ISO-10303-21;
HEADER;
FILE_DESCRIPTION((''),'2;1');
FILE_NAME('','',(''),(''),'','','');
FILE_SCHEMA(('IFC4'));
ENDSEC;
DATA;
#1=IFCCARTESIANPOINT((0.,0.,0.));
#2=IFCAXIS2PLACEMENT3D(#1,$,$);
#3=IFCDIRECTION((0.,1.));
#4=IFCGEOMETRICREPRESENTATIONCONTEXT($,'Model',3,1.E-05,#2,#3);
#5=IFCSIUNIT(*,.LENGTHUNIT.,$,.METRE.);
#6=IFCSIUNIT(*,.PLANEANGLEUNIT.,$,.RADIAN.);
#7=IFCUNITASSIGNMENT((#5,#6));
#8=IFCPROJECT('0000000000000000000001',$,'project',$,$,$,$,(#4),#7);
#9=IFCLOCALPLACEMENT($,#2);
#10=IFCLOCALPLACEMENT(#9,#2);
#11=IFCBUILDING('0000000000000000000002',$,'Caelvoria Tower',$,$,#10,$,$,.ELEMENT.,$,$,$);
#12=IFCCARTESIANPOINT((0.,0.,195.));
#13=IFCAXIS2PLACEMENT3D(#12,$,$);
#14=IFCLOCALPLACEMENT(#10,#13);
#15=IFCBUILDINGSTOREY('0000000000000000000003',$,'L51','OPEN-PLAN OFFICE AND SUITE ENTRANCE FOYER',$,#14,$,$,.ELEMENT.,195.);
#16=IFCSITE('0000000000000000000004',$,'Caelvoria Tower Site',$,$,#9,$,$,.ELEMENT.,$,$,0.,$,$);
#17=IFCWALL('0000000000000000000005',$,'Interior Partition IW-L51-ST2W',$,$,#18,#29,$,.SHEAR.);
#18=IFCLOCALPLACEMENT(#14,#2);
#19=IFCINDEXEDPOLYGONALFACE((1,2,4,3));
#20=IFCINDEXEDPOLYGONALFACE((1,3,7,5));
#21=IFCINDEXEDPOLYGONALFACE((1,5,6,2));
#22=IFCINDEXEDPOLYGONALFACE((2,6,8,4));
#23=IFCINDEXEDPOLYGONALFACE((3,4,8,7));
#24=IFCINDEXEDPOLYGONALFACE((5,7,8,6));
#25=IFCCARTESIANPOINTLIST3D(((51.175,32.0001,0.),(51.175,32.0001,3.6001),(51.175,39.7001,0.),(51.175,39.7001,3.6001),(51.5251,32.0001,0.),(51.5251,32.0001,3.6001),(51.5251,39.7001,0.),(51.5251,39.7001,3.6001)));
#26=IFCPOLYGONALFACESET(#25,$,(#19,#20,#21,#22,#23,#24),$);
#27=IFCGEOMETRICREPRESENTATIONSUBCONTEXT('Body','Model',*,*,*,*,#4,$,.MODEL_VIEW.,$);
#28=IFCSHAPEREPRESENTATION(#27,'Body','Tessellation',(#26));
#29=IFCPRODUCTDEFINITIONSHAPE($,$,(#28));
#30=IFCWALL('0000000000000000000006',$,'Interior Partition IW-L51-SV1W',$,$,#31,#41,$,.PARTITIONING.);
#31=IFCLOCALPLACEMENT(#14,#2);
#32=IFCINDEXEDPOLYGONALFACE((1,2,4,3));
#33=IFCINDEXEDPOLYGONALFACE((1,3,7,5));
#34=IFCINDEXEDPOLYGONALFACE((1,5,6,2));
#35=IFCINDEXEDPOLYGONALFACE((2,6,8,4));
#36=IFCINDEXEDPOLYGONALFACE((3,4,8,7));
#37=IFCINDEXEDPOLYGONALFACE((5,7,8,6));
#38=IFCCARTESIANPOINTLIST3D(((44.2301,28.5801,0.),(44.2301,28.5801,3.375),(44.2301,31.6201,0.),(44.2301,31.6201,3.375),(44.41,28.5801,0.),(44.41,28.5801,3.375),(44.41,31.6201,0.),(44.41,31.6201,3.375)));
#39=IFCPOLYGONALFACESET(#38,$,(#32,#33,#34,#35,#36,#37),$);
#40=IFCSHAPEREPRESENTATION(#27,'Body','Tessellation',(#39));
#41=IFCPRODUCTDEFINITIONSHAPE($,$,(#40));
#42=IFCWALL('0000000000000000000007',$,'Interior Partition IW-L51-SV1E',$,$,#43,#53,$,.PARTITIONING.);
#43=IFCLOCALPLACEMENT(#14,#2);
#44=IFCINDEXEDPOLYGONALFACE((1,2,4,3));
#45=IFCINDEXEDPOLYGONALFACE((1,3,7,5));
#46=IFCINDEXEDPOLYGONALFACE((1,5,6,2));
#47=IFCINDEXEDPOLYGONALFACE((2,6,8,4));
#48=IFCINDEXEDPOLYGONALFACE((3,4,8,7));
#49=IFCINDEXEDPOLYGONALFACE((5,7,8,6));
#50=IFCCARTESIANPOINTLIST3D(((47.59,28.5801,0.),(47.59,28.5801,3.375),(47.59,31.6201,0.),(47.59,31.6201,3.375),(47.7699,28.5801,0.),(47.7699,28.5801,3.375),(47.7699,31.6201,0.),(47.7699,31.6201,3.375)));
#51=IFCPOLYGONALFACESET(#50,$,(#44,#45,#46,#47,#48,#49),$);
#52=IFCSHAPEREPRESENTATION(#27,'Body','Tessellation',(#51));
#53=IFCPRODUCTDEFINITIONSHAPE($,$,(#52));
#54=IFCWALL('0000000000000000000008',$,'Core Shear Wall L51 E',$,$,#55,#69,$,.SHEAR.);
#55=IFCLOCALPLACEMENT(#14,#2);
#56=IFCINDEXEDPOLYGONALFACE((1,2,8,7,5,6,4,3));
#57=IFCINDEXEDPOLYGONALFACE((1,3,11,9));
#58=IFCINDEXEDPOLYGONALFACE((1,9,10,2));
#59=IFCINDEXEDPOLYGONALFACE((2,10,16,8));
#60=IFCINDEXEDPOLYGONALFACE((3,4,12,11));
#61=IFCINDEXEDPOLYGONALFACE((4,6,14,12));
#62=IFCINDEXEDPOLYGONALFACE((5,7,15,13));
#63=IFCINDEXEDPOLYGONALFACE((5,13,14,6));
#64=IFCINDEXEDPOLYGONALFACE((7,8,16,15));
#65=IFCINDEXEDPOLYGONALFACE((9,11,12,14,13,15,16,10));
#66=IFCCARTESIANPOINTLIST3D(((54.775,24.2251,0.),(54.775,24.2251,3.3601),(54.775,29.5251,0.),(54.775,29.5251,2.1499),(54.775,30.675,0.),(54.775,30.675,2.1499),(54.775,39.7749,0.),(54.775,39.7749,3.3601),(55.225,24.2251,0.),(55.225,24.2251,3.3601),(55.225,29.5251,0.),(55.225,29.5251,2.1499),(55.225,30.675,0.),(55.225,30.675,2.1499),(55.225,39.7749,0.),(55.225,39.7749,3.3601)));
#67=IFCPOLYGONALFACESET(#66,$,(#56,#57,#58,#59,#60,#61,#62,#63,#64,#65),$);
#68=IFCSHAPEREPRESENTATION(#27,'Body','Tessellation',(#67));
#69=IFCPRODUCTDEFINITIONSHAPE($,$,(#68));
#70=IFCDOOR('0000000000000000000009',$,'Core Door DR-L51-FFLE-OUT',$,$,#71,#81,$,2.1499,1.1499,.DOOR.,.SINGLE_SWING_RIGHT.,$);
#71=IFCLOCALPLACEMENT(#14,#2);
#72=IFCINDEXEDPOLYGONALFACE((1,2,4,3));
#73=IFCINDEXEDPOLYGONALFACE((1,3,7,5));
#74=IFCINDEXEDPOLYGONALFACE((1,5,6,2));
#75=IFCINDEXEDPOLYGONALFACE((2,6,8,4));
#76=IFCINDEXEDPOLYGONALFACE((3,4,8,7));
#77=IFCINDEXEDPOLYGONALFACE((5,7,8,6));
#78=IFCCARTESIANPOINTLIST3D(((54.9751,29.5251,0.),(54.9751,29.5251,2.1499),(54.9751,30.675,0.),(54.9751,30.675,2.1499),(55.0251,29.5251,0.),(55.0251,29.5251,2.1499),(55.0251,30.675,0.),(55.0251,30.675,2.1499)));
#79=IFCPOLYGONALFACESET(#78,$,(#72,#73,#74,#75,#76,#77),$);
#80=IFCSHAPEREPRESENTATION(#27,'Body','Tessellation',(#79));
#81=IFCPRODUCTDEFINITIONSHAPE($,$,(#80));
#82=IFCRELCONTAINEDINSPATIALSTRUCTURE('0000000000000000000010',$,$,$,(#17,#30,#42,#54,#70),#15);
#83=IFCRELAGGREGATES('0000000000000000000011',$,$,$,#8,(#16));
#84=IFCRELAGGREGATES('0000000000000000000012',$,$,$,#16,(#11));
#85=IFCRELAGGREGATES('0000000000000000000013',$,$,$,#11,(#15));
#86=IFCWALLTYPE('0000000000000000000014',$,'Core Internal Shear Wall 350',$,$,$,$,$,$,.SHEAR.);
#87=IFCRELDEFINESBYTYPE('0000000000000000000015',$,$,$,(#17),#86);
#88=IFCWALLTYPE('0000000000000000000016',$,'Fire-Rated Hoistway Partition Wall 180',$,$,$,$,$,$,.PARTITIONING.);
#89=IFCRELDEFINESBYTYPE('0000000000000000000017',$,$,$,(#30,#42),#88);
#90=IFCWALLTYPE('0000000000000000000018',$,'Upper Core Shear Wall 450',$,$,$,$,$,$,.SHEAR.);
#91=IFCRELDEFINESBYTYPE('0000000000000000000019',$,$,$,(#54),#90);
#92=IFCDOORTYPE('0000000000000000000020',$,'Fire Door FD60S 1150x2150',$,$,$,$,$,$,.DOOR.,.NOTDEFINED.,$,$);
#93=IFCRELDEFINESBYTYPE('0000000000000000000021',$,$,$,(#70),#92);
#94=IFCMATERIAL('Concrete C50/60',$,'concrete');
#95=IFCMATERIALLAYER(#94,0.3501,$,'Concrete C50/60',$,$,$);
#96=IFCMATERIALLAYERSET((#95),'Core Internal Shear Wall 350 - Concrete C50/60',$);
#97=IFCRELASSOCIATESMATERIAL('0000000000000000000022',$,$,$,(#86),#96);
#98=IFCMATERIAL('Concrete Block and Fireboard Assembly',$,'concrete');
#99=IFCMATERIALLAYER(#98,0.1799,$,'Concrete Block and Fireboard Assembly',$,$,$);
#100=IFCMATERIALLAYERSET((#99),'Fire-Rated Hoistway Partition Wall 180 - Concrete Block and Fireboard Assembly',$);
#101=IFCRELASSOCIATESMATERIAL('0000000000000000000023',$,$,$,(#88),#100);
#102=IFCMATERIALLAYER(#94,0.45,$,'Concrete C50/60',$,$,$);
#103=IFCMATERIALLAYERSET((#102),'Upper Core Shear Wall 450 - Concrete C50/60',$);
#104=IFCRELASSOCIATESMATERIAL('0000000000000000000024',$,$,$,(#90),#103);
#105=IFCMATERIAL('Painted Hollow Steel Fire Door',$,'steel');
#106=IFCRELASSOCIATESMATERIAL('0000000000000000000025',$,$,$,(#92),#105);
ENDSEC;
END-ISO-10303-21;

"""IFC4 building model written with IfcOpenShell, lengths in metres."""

from ifc_helpers import new_model, si_unit, direction, frame, frame_2d, origin, place, context, subcontext, project, spatial, rectangle, extrude, material, layer, layer_set, type_object, element, fill, save


model = new_model("IFC4")

# Units and contexts
model_context = context("Model", 3, precision=1e-05, world=origin(), true_north=direction((0.0, 1.0)))
body_context = subcontext(model_context, "Body", "Model", "MODEL_VIEW")
ifc_project = project(units=[si_unit("LENGTHUNIT", "METRE"), si_unit("PLANEANGLEUNIT", "RADIAN")], contexts=[model_context])

# Site, building, storey
site_placement = place(None, origin())
site = spatial("IfcSite", under=ifc_project, at=site_placement, Name="Caelvoria Tower Site", CompositionType="ELEMENT", RefElevation=0.0)
building_placement = place(site_placement, origin())
building = spatial("IfcBuilding", under=site, at=building_placement, Name="Caelvoria Tower", CompositionType="ELEMENT")
storey_placement = place(building_placement, frame((0.0, 0.0, 195.0)))
storey = spatial("IfcBuildingStorey", under=building, at=storey_placement, Name="L51", Description="OPEN-PLAN OFFICE AND SUITE ENTRANCE FOYER", CompositionType="ELEMENT", Elevation=195.0)

# Wall
ifc_material_1 = material(Name="Concrete C50/60", Category="concrete")
ifc_layer_1 = layer(ifc_material_1, 0.3501, Name="Concrete C50/60")
ifc_layer_set_1 = layer_set([ifc_layer_1], Name="Core Internal Shear Wall 350 - Concrete C50/60")
wall_type_1 = type_object("IfcWallType", Name="Core Internal Shear Wall 350", PredefinedType="SHEAR", material=ifc_layer_set_1)
wall_1_placement = place(storey_placement, frame((51.3501, 32.0, 0.0), z_axis=(0.0, 0.0, 1.0), x_axis=(0.0, 1.0, 0.0)))
element("IfcWall", 1, at=wall_1_placement, inside=storey, type_object=wall_type_1, Name="Interior Partition IW-L51-ST2W", PredefinedType="SHEAR", context=body_context, shape_type="SweptSolid", body=[
    extrude(rectangle(XDim=7.7, YDim=0.3501, at=frame_2d((3.8501, 0.0))), origin(), (0.0, 0.0, 1.0), 3.6001),
])

# Walls
ifc_material_2 = material(Name="Concrete Block and Fireboard Assembly", Category="concrete")
ifc_layer_2 = layer(ifc_material_2, 0.1799, Name="Concrete Block and Fireboard Assembly")
ifc_layer_set_2 = layer_set([ifc_layer_2], Name="Fire-Rated Hoistway Partition Wall 180 - Concrete Block and Fireboard Assembly")
wall_type_2 = type_object("IfcWallType", Name="Fire-Rated Hoistway Partition Wall 180", PredefinedType="PARTITIONING", material=ifc_layer_set_2)
for number, where, z_axis, x_axis, name in (
    (2, (44.3201, 28.5801, 0.0), (0.0, 0.0, 1.0), (0.0, 1.0, 0.0), "Interior Partition IW-L51-SV1W"),
    (3, (47.6799, 28.5801, 0.0), (0.0, 0.0, 1.0), (0.0, 1.0, 0.0), "Interior Partition IW-L51-SV1E"),
):
    element("IfcWall", number, at=place(storey_placement, frame(where, z_axis=z_axis, x_axis=x_axis)), inside=storey, type_object=wall_type_2, Name=name, PredefinedType="PARTITIONING", context=body_context, shape_type="SweptSolid", body=[
        extrude(rectangle(XDim=3.04, YDim=0.1799, at=frame_2d((1.52, 0.0))), origin(), (0.0, 0.0, 1.0), 3.375),
    ])

# Wall, opening, door
ifc_layer_3 = layer(ifc_material_1, 0.45, Name="Concrete C50/60")
ifc_layer_set_3 = layer_set([ifc_layer_3], Name="Upper Core Shear Wall 450 - Concrete C50/60")
wall_type_3 = type_object("IfcWallType", Name="Upper Core Shear Wall 450", PredefinedType="SHEAR", material=ifc_layer_set_3)
wall_2_placement = place(storey_placement, frame((55.0, 24.2251, 0.0), z_axis=(0.0, 0.0, 1.0), x_axis=(0.0, 1.0, 0.0)))
wall_2 = element("IfcWall", 4, at=wall_2_placement, inside=storey, type_object=wall_type_3, Name="Core Shear Wall L51 E", PredefinedType="SHEAR", context=body_context, shape_type="SweptSolid", body=[
    extrude(rectangle(XDim=15.5498, YDim=0.45, at=frame_2d((7.7749, 0.0))), origin(), (0.0, 0.0, 1.0), 3.3601),
])
opening_1_placement = place(wall_2_placement, frame((5.3, 0.0, 0.0)))
opening_1 = element("IfcOpeningElement", 5, at=opening_1_placement, cuts=wall_2, PredefinedType="OPENING", context=body_context, shape_type="SweptSolid", body=[
    extrude(rectangle(XDim=1.1499, YDim=2.1499, at=frame_2d((0.575, 1.075))), frame((0.0, 0.2349, 0.0), z_axis=(0.0, -1.0, 0.0), x_axis=(1.0, 0.0, 0.0)), (0.0, 0.0, 1.0), 0.47),
])
ifc_material_3 = material(Name="Painted Hollow Steel Fire Door", Category="steel")
door_type_1 = type_object("IfcDoorType", Name="Fire Door FD60S 1150x2150", OperationType="NOTDEFINED", PredefinedType="DOOR", material=ifc_material_3)
door_1_placement = place(opening_1_placement, origin())
door_1 = element("IfcDoor", 6, at=door_1_placement, inside=storey, type_object=door_type_1, Name="Core Door DR-L51-FFLE-OUT", OperationType="SINGLE_SWING_RIGHT", OverallHeight=2.1499, OverallWidth=1.1499, PredefinedType="DOOR", context=body_context, shape_type="SweptSolid", body=[
    extrude(rectangle(XDim=1.1499, YDim=2.1499, at=frame_2d((0.575, 1.075))), frame((0.0, 0.0249, 0.0), z_axis=(0.0, -1.0, 0.0), x_axis=(1.0, 0.0, 0.0)), (0.0, 0.0, 1.0), 0.05),
])
fill(opening_1, door_1)

save(model, "model.ifc")
